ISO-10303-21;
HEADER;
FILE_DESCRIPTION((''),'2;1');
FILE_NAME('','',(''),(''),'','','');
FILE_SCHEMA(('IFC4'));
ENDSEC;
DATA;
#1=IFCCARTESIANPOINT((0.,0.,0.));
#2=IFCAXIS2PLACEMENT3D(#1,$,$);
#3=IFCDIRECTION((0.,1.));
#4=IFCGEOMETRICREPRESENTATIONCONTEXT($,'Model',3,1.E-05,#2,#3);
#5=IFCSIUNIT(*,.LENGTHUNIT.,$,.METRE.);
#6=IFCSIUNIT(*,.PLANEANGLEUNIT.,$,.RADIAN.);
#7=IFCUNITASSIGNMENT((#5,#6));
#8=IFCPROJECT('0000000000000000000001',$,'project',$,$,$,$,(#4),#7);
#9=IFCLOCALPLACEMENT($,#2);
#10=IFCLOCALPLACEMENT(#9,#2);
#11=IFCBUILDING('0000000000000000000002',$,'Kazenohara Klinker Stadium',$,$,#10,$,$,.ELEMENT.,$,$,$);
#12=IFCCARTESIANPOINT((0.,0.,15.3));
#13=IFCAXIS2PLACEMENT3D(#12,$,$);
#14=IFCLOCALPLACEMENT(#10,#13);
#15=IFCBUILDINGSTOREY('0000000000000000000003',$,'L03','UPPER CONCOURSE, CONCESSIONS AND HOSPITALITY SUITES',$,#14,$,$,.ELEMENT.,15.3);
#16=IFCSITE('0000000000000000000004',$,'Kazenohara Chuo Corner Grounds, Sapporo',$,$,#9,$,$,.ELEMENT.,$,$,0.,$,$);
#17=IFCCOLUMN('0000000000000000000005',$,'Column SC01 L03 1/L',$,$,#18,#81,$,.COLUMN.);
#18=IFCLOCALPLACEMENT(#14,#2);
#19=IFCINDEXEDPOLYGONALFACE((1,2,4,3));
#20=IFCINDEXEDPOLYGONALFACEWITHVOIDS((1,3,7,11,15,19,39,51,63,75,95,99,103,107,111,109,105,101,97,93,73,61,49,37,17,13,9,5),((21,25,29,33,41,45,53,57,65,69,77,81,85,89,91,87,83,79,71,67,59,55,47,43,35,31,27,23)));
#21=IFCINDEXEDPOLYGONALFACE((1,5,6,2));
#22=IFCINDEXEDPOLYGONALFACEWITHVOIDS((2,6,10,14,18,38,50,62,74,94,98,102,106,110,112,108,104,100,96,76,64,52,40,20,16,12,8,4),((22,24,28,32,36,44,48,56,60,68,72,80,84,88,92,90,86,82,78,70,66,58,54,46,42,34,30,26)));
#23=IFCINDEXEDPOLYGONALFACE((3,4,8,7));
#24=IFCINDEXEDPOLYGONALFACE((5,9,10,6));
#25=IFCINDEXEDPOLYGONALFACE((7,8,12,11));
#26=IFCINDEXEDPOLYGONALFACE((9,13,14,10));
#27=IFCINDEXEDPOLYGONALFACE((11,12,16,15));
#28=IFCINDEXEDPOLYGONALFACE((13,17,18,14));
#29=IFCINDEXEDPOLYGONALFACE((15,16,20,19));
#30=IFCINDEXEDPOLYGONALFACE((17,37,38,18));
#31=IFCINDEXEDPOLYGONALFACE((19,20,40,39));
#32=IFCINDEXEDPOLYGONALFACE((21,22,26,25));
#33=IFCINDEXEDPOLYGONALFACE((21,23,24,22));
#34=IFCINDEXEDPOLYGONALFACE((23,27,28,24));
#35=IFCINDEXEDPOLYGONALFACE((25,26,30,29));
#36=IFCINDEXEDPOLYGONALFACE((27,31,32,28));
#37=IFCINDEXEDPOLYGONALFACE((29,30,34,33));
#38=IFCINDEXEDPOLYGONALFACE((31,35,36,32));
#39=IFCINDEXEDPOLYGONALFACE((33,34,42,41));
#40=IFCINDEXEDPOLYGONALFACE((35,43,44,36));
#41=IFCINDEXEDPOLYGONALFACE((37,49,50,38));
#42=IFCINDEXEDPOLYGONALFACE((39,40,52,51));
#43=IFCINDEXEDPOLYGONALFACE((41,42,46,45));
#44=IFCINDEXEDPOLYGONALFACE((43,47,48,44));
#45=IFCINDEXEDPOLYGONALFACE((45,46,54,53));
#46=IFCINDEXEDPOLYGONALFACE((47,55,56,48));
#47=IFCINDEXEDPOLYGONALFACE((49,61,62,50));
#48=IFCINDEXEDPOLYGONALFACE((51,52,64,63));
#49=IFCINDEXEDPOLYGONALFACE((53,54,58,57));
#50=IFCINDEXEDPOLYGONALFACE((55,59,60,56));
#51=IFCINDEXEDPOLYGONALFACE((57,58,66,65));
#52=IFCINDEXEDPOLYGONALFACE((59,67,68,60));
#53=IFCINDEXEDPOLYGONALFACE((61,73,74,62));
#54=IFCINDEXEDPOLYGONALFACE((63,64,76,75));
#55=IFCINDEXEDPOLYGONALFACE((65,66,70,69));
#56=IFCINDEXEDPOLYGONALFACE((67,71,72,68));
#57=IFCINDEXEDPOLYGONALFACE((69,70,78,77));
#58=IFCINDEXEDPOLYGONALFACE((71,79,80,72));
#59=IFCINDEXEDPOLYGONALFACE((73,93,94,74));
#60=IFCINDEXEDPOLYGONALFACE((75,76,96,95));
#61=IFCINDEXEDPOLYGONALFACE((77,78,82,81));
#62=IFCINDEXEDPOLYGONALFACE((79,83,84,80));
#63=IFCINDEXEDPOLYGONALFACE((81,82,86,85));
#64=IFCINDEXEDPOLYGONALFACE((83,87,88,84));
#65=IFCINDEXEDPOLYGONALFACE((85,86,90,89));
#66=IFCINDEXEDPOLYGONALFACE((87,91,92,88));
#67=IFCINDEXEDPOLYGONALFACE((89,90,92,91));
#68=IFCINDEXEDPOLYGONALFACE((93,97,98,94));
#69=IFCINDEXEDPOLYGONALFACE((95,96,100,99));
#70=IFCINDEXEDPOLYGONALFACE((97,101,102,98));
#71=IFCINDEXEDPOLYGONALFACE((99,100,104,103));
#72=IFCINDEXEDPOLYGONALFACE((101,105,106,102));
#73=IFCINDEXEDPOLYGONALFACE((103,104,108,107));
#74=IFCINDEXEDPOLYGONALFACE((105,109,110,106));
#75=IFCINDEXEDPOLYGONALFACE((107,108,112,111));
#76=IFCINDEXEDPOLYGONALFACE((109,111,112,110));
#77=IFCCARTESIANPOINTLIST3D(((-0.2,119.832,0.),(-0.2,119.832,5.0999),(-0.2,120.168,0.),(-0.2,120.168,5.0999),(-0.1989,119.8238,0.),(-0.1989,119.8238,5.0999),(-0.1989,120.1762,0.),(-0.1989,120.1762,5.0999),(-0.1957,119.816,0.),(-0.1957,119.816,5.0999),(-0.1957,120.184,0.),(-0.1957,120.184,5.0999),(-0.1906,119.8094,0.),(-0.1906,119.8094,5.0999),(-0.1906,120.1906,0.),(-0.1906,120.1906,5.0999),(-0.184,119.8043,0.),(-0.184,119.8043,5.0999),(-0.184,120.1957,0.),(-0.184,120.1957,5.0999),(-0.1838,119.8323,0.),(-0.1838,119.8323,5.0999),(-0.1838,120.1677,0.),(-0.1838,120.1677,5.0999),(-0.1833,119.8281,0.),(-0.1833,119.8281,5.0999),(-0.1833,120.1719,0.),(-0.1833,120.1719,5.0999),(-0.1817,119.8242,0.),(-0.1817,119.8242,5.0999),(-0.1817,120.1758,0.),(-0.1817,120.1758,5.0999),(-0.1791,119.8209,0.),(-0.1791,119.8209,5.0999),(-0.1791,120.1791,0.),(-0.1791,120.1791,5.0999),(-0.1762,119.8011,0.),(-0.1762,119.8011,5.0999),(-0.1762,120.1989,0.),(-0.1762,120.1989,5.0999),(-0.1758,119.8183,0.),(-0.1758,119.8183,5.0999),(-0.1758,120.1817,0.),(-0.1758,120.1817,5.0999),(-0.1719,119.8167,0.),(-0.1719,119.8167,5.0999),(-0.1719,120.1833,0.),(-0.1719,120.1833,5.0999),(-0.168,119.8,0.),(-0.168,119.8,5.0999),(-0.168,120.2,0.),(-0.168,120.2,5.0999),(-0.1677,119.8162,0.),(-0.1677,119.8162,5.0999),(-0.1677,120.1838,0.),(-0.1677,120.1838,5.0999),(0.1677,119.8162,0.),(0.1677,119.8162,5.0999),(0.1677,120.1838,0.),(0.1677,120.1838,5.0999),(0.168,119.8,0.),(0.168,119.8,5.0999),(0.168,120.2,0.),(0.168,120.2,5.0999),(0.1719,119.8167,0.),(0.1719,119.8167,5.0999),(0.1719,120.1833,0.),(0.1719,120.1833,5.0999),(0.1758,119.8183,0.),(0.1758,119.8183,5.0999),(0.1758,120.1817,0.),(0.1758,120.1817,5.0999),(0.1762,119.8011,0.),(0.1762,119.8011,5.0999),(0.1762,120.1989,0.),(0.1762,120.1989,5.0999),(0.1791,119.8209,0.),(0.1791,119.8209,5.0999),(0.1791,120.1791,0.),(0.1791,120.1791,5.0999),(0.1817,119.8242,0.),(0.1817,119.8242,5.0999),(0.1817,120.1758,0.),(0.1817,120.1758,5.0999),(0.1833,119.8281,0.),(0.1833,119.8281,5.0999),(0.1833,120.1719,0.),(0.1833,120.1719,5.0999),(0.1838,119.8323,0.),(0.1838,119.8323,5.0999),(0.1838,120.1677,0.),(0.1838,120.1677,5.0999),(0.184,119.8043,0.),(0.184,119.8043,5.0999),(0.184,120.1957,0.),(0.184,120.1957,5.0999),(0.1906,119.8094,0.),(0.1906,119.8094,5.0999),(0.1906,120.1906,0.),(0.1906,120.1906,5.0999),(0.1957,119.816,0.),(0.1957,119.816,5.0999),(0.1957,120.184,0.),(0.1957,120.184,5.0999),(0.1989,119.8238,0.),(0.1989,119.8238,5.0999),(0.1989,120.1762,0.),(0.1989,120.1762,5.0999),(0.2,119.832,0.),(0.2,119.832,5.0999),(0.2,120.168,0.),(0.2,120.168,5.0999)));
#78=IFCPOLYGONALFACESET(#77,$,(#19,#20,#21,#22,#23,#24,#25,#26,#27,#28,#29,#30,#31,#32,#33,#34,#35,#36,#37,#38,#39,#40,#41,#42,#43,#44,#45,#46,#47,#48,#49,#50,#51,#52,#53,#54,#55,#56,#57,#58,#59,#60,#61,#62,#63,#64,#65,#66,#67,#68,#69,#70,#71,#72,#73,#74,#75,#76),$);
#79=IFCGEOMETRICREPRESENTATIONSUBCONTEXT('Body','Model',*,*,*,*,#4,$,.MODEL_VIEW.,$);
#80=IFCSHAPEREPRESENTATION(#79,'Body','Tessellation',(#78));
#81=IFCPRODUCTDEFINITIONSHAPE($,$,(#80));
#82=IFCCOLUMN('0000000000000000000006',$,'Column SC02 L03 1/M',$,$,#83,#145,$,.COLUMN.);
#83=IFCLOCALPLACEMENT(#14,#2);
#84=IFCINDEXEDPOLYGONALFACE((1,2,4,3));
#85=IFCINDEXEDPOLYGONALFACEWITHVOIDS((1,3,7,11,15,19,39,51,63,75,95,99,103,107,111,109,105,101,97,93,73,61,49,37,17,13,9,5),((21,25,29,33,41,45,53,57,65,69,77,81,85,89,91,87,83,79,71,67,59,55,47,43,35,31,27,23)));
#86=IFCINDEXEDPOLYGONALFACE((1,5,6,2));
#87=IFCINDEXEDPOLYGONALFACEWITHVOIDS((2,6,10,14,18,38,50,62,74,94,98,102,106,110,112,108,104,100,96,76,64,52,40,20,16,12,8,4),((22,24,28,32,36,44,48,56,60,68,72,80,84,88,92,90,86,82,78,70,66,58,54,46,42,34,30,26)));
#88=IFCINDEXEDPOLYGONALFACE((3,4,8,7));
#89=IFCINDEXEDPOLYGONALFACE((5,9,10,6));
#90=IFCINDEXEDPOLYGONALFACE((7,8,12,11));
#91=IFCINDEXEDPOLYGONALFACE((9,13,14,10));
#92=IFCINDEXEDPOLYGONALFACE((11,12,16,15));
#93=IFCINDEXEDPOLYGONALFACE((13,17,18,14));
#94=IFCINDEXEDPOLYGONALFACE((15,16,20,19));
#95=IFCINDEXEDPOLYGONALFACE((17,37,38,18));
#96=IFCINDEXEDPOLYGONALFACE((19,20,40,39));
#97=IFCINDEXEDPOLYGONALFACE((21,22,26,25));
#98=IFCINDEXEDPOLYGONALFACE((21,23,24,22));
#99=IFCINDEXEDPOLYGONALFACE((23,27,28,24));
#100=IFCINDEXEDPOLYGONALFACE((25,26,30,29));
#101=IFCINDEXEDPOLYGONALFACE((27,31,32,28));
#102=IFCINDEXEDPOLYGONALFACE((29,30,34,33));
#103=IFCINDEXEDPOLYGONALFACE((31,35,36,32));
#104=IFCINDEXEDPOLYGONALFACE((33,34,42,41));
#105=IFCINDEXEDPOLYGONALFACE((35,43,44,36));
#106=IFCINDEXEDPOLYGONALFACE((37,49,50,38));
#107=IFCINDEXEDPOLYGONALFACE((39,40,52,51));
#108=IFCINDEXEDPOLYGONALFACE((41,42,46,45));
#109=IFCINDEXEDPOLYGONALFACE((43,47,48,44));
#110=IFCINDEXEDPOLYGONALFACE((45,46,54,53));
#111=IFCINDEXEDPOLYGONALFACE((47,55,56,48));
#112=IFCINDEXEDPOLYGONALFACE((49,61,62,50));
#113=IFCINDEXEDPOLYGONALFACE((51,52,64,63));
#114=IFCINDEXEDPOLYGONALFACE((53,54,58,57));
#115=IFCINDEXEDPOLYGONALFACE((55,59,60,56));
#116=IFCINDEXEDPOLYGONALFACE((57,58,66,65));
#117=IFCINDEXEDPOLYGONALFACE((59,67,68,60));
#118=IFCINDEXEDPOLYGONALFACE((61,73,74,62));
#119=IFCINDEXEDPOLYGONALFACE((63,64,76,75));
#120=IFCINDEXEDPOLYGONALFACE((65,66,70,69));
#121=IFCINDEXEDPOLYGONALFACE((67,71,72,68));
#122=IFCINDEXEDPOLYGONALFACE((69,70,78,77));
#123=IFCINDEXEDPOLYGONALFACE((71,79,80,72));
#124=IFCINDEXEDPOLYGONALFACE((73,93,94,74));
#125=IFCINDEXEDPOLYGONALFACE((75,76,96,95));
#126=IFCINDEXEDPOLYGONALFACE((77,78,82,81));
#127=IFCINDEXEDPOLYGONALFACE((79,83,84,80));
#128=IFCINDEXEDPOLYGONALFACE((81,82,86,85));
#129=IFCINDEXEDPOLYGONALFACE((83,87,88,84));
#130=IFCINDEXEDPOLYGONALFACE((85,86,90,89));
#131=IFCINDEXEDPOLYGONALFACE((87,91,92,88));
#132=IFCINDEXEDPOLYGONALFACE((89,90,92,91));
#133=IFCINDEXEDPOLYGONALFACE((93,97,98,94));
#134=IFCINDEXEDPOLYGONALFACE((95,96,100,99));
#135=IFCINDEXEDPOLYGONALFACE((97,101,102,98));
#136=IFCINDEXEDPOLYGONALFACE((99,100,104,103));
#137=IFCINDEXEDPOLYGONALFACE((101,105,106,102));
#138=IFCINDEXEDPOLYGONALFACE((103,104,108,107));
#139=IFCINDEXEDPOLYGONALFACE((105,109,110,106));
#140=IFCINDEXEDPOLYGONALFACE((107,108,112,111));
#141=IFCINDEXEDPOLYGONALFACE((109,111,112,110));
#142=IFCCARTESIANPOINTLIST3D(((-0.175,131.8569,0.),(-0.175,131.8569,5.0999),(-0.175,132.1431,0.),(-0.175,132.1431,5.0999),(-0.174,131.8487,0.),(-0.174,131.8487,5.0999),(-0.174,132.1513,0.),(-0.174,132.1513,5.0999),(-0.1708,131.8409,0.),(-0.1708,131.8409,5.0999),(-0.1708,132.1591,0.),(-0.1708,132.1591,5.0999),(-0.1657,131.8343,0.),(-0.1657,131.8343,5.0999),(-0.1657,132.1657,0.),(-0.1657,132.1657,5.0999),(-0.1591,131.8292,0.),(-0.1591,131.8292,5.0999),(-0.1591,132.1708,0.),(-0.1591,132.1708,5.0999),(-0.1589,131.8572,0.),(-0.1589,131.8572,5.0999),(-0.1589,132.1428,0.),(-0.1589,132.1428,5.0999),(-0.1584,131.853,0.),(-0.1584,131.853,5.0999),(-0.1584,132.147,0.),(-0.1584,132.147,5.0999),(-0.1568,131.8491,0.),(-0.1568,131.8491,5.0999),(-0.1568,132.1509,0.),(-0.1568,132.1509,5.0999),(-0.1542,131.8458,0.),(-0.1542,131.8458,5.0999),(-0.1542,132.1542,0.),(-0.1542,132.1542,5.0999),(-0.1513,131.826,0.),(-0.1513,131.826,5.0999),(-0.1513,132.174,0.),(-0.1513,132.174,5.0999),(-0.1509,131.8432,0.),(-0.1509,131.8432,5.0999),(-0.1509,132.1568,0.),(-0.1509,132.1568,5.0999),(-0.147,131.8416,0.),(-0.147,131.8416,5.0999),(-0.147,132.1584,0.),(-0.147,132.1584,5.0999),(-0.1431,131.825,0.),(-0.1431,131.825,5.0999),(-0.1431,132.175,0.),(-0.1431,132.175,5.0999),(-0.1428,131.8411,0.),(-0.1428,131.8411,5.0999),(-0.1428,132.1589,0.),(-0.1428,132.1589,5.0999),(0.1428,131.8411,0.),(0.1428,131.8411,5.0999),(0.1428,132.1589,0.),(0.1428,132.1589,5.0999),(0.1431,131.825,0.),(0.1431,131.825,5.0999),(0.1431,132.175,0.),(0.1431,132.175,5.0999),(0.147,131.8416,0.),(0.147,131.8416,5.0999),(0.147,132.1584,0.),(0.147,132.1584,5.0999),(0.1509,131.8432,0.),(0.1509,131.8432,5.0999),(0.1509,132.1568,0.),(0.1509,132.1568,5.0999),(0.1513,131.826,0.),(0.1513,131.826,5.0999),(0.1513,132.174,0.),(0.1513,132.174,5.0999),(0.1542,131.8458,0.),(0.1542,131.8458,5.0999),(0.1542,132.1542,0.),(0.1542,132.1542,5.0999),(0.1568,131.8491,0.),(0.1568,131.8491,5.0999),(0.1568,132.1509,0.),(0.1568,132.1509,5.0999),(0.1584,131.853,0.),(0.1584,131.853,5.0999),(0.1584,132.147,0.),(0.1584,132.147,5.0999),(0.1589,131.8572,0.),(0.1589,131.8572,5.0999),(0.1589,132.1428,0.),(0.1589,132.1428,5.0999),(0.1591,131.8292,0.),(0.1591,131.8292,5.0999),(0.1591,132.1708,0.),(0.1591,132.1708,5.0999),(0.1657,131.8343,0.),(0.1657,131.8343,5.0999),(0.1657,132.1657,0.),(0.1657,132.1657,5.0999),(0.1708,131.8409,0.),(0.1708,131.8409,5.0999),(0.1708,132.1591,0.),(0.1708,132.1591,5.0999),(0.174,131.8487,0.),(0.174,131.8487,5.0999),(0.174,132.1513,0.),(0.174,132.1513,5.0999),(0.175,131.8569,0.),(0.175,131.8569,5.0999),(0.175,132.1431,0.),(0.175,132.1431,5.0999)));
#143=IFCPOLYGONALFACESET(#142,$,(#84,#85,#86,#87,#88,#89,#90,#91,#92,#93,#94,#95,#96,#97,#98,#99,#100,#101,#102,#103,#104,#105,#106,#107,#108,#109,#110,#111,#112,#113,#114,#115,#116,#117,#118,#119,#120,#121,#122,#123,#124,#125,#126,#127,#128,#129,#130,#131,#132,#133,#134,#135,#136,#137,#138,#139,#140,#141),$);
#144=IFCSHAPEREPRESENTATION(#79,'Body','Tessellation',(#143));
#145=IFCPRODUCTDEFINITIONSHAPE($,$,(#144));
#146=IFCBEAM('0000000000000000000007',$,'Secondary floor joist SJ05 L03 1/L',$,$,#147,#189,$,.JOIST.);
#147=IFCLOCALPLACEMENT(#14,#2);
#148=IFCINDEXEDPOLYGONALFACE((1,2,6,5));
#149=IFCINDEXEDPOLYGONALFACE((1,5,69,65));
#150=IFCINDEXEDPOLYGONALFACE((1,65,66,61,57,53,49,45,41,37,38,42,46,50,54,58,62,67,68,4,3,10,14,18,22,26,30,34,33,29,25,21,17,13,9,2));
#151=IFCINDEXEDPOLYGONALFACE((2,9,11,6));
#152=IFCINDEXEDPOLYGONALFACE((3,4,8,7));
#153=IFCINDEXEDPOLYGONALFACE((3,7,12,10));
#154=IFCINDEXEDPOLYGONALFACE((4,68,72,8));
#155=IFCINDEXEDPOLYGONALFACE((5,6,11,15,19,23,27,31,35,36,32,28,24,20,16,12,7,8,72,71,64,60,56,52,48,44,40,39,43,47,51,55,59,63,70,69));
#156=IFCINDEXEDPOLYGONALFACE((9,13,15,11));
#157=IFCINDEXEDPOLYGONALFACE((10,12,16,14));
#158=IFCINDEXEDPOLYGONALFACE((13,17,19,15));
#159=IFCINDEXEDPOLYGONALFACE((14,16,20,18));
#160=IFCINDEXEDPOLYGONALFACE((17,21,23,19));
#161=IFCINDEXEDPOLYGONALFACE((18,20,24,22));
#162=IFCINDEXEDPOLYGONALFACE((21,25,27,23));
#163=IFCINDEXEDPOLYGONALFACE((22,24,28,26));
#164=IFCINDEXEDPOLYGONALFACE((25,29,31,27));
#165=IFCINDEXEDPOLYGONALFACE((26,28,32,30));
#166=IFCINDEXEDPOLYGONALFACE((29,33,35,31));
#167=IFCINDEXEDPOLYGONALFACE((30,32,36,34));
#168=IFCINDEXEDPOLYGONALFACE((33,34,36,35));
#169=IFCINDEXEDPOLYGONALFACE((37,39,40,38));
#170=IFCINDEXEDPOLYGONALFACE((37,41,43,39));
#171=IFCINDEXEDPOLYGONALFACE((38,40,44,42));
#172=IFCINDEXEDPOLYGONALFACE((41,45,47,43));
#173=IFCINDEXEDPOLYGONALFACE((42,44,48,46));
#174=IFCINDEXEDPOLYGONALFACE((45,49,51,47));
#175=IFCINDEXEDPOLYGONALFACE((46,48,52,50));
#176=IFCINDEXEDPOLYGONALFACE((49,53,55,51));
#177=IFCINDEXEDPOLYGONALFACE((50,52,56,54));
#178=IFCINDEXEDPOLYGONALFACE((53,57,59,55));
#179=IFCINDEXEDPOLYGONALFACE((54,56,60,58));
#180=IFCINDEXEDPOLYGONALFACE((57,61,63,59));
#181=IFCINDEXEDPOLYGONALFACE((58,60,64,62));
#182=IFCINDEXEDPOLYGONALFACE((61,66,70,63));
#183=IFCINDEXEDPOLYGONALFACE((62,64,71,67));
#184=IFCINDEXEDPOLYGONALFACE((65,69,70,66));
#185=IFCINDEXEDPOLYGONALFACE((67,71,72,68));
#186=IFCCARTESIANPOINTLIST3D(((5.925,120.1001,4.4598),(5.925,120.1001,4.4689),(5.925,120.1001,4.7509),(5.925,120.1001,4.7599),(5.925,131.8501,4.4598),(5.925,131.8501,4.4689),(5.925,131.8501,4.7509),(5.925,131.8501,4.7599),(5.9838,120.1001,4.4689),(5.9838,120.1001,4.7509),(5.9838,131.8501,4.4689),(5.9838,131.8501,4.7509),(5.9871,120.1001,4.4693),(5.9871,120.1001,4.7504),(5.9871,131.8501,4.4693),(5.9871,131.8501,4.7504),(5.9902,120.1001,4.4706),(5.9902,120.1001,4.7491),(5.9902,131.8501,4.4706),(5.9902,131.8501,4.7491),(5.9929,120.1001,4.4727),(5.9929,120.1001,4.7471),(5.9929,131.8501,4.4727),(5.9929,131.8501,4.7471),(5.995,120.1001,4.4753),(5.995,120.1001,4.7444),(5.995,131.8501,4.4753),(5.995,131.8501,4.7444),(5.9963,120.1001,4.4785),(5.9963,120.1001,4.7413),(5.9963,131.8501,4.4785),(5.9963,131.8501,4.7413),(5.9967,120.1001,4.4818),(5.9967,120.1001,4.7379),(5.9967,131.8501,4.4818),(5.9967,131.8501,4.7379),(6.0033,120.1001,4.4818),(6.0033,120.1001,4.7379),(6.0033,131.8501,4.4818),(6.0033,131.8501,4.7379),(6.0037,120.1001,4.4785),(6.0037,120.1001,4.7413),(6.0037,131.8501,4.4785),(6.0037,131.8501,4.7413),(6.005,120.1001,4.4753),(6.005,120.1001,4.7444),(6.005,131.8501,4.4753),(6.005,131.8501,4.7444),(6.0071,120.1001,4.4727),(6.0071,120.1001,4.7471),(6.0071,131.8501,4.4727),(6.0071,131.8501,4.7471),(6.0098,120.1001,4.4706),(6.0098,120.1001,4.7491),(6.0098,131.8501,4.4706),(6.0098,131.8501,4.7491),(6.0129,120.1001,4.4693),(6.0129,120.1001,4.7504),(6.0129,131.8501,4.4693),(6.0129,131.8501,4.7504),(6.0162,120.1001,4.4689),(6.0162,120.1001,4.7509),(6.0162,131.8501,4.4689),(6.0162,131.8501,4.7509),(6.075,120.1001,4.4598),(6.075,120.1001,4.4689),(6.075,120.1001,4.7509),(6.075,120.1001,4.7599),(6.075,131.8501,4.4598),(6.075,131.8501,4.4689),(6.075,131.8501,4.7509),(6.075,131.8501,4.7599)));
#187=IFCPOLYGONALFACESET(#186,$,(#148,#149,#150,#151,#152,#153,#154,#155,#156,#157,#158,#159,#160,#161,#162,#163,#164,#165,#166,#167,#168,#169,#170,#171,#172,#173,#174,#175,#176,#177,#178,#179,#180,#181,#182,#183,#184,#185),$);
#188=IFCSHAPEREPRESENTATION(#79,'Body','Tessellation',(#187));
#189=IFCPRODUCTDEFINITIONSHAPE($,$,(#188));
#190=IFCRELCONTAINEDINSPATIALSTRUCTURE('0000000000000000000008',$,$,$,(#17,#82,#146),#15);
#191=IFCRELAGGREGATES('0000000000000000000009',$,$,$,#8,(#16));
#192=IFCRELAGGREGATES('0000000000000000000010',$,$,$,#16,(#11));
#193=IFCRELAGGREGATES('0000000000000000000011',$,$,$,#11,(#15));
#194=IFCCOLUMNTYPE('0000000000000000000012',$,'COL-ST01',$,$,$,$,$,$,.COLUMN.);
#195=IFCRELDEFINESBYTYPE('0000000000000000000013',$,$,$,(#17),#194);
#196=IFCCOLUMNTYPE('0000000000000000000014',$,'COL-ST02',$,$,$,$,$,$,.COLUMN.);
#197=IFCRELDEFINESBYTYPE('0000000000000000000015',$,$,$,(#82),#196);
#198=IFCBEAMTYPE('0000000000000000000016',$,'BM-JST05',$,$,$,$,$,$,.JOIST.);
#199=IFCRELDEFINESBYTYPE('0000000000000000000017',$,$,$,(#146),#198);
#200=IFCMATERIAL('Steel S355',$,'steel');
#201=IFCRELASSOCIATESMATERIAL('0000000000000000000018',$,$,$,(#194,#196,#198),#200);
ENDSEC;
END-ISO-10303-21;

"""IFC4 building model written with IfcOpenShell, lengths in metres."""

from ifc_helpers import new_model, si_unit, direction, frame, origin, origin_2d, place, context, subcontext, project, spatial, hollow_rectangle, i_section, extrude, material, material_profile, profile_set, type_object, element, save


model = new_model("IFC4")

# Units and contexts
model_context = context("Model", 3, precision=1e-05, world=origin(), true_north=direction((0.0, 1.0)))
body_context = subcontext(model_context, "Body", "Model", "MODEL_VIEW")
ifc_project = project(units=[si_unit("LENGTHUNIT", "METRE"), si_unit("PLANEANGLEUNIT", "RADIAN")], contexts=[model_context])

# Site, building, storey
site_placement = place(None, origin())
site = spatial("IfcSite", under=ifc_project, at=site_placement, Name="Kazenohara Chuo Corner Grounds, Sapporo", CompositionType="ELEMENT", RefElevation=0.0)
building_placement = place(site_placement, origin())
building = spatial("IfcBuilding", under=site, at=building_placement, Name="Kazenohara Klinker Stadium", CompositionType="ELEMENT")
storey_placement = place(building_placement, frame((0.0, 0.0, 15.3)))
storey = spatial("IfcBuildingStorey", under=building, at=storey_placement, Name="L03", Description="UPPER CONCOURSE, CONCESSIONS AND HOSPITALITY SUITES", CompositionType="ELEMENT", Elevation=15.3)

# Columns
ifc_material_1 = material(Name="Steel S355", Category="steel")
ifc_material_profile_1 = material_profile(ifc_material_1, hollow_rectangle(XDim=0.3999, YDim=0.3999, WallThickness=0.0161, InnerFilletRadius=0.0161, OuterFilletRadius=0.032, at=origin_2d()), Name="SHS-400x400x16")
ifc_profile_set_1 = profile_set([ifc_material_profile_1], Name="Steel S355")
column_type_1 = type_object("IfcColumnType", Name="COL-ST01", PredefinedType="COLUMN", material=ifc_profile_set_1)
column_1_placement = place(storey_placement, frame((0.0, 120.0, 0.0), z_axis=(0.0, 0.0, 1.0), x_axis=(1.0, 0.0, 0.0)))
element("IfcColumn", 1, at=column_1_placement, inside=storey, type_object=column_type_1, Name="Column SC01 L03 1/L", PredefinedType="COLUMN", context=body_context, shape_type="SweptSolid", body=[
    extrude(hollow_rectangle(XDim=0.3999, YDim=0.3999, WallThickness=0.0161, InnerFilletRadius=0.0161, OuterFilletRadius=0.032, at=origin_2d()), origin(), (0.0, 0.0, 1.0), 5.0999),
])
ifc_material_profile_2 = material_profile(ifc_material_1, hollow_rectangle(XDim=0.3501, YDim=0.3501, WallThickness=0.0161, InnerFilletRadius=0.0161, OuterFilletRadius=0.032, at=origin_2d()), Name="SHS-350x350x16")
ifc_profile_set_2 = profile_set([ifc_material_profile_2], Name="Steel S355")
column_type_2 = type_object("IfcColumnType", Name="COL-ST02", PredefinedType="COLUMN", material=ifc_profile_set_2)
column_2_placement = place(storey_placement, frame((0.0, 132.0, 0.0), z_axis=(0.0, 0.0, 1.0), x_axis=(1.0, 0.0, 0.0)))
element("IfcColumn", 2, at=column_2_placement, inside=storey, type_object=column_type_2, Name="Column SC02 L03 1/M", PredefinedType="COLUMN", context=body_context, shape_type="SweptSolid", body=[
    extrude(hollow_rectangle(XDim=0.3501, YDim=0.3501, WallThickness=0.0161, InnerFilletRadius=0.0161, OuterFilletRadius=0.032, at=origin_2d()), origin(), (0.0, 0.0, 1.0), 5.0999),
])

# Beam
ifc_material_profile_3 = material_profile(ifc_material_1, i_section(OverallWidth=0.1499, OverallDepth=0.3, WebThickness=0.0066, FlangeThickness=0.009, FilletRadius=0.0129, at=origin_2d()), Name="H-300x150x6.5x9")
ifc_profile_set_3 = profile_set([ifc_material_profile_3], Name="Steel S355")
beam_type_1 = type_object("IfcBeamType", Name="BM-JST05", PredefinedType="JOIST", material=ifc_profile_set_3)
beam_1_placement = place(storey_placement, frame((6.0, 120.1001, 4.6099), z_axis=(0.0, 1.0, 0.0), x_axis=(-1.0, 0.0, 0.0)))
element("IfcBeam", 3, at=beam_1_placement, inside=storey, type_object=beam_type_1, Name="Secondary floor joist SJ05 L03 1/L", PredefinedType="JOIST", context=body_context, shape_type="SweptSolid", body=[
    extrude(i_section(OverallWidth=0.1499, OverallDepth=0.3, WebThickness=0.0066, FlangeThickness=0.009, FilletRadius=0.0129, at=origin_2d()), origin(), (0.0, 0.0, 1.0), 11.75),
])

save(model, "model.ifc")
